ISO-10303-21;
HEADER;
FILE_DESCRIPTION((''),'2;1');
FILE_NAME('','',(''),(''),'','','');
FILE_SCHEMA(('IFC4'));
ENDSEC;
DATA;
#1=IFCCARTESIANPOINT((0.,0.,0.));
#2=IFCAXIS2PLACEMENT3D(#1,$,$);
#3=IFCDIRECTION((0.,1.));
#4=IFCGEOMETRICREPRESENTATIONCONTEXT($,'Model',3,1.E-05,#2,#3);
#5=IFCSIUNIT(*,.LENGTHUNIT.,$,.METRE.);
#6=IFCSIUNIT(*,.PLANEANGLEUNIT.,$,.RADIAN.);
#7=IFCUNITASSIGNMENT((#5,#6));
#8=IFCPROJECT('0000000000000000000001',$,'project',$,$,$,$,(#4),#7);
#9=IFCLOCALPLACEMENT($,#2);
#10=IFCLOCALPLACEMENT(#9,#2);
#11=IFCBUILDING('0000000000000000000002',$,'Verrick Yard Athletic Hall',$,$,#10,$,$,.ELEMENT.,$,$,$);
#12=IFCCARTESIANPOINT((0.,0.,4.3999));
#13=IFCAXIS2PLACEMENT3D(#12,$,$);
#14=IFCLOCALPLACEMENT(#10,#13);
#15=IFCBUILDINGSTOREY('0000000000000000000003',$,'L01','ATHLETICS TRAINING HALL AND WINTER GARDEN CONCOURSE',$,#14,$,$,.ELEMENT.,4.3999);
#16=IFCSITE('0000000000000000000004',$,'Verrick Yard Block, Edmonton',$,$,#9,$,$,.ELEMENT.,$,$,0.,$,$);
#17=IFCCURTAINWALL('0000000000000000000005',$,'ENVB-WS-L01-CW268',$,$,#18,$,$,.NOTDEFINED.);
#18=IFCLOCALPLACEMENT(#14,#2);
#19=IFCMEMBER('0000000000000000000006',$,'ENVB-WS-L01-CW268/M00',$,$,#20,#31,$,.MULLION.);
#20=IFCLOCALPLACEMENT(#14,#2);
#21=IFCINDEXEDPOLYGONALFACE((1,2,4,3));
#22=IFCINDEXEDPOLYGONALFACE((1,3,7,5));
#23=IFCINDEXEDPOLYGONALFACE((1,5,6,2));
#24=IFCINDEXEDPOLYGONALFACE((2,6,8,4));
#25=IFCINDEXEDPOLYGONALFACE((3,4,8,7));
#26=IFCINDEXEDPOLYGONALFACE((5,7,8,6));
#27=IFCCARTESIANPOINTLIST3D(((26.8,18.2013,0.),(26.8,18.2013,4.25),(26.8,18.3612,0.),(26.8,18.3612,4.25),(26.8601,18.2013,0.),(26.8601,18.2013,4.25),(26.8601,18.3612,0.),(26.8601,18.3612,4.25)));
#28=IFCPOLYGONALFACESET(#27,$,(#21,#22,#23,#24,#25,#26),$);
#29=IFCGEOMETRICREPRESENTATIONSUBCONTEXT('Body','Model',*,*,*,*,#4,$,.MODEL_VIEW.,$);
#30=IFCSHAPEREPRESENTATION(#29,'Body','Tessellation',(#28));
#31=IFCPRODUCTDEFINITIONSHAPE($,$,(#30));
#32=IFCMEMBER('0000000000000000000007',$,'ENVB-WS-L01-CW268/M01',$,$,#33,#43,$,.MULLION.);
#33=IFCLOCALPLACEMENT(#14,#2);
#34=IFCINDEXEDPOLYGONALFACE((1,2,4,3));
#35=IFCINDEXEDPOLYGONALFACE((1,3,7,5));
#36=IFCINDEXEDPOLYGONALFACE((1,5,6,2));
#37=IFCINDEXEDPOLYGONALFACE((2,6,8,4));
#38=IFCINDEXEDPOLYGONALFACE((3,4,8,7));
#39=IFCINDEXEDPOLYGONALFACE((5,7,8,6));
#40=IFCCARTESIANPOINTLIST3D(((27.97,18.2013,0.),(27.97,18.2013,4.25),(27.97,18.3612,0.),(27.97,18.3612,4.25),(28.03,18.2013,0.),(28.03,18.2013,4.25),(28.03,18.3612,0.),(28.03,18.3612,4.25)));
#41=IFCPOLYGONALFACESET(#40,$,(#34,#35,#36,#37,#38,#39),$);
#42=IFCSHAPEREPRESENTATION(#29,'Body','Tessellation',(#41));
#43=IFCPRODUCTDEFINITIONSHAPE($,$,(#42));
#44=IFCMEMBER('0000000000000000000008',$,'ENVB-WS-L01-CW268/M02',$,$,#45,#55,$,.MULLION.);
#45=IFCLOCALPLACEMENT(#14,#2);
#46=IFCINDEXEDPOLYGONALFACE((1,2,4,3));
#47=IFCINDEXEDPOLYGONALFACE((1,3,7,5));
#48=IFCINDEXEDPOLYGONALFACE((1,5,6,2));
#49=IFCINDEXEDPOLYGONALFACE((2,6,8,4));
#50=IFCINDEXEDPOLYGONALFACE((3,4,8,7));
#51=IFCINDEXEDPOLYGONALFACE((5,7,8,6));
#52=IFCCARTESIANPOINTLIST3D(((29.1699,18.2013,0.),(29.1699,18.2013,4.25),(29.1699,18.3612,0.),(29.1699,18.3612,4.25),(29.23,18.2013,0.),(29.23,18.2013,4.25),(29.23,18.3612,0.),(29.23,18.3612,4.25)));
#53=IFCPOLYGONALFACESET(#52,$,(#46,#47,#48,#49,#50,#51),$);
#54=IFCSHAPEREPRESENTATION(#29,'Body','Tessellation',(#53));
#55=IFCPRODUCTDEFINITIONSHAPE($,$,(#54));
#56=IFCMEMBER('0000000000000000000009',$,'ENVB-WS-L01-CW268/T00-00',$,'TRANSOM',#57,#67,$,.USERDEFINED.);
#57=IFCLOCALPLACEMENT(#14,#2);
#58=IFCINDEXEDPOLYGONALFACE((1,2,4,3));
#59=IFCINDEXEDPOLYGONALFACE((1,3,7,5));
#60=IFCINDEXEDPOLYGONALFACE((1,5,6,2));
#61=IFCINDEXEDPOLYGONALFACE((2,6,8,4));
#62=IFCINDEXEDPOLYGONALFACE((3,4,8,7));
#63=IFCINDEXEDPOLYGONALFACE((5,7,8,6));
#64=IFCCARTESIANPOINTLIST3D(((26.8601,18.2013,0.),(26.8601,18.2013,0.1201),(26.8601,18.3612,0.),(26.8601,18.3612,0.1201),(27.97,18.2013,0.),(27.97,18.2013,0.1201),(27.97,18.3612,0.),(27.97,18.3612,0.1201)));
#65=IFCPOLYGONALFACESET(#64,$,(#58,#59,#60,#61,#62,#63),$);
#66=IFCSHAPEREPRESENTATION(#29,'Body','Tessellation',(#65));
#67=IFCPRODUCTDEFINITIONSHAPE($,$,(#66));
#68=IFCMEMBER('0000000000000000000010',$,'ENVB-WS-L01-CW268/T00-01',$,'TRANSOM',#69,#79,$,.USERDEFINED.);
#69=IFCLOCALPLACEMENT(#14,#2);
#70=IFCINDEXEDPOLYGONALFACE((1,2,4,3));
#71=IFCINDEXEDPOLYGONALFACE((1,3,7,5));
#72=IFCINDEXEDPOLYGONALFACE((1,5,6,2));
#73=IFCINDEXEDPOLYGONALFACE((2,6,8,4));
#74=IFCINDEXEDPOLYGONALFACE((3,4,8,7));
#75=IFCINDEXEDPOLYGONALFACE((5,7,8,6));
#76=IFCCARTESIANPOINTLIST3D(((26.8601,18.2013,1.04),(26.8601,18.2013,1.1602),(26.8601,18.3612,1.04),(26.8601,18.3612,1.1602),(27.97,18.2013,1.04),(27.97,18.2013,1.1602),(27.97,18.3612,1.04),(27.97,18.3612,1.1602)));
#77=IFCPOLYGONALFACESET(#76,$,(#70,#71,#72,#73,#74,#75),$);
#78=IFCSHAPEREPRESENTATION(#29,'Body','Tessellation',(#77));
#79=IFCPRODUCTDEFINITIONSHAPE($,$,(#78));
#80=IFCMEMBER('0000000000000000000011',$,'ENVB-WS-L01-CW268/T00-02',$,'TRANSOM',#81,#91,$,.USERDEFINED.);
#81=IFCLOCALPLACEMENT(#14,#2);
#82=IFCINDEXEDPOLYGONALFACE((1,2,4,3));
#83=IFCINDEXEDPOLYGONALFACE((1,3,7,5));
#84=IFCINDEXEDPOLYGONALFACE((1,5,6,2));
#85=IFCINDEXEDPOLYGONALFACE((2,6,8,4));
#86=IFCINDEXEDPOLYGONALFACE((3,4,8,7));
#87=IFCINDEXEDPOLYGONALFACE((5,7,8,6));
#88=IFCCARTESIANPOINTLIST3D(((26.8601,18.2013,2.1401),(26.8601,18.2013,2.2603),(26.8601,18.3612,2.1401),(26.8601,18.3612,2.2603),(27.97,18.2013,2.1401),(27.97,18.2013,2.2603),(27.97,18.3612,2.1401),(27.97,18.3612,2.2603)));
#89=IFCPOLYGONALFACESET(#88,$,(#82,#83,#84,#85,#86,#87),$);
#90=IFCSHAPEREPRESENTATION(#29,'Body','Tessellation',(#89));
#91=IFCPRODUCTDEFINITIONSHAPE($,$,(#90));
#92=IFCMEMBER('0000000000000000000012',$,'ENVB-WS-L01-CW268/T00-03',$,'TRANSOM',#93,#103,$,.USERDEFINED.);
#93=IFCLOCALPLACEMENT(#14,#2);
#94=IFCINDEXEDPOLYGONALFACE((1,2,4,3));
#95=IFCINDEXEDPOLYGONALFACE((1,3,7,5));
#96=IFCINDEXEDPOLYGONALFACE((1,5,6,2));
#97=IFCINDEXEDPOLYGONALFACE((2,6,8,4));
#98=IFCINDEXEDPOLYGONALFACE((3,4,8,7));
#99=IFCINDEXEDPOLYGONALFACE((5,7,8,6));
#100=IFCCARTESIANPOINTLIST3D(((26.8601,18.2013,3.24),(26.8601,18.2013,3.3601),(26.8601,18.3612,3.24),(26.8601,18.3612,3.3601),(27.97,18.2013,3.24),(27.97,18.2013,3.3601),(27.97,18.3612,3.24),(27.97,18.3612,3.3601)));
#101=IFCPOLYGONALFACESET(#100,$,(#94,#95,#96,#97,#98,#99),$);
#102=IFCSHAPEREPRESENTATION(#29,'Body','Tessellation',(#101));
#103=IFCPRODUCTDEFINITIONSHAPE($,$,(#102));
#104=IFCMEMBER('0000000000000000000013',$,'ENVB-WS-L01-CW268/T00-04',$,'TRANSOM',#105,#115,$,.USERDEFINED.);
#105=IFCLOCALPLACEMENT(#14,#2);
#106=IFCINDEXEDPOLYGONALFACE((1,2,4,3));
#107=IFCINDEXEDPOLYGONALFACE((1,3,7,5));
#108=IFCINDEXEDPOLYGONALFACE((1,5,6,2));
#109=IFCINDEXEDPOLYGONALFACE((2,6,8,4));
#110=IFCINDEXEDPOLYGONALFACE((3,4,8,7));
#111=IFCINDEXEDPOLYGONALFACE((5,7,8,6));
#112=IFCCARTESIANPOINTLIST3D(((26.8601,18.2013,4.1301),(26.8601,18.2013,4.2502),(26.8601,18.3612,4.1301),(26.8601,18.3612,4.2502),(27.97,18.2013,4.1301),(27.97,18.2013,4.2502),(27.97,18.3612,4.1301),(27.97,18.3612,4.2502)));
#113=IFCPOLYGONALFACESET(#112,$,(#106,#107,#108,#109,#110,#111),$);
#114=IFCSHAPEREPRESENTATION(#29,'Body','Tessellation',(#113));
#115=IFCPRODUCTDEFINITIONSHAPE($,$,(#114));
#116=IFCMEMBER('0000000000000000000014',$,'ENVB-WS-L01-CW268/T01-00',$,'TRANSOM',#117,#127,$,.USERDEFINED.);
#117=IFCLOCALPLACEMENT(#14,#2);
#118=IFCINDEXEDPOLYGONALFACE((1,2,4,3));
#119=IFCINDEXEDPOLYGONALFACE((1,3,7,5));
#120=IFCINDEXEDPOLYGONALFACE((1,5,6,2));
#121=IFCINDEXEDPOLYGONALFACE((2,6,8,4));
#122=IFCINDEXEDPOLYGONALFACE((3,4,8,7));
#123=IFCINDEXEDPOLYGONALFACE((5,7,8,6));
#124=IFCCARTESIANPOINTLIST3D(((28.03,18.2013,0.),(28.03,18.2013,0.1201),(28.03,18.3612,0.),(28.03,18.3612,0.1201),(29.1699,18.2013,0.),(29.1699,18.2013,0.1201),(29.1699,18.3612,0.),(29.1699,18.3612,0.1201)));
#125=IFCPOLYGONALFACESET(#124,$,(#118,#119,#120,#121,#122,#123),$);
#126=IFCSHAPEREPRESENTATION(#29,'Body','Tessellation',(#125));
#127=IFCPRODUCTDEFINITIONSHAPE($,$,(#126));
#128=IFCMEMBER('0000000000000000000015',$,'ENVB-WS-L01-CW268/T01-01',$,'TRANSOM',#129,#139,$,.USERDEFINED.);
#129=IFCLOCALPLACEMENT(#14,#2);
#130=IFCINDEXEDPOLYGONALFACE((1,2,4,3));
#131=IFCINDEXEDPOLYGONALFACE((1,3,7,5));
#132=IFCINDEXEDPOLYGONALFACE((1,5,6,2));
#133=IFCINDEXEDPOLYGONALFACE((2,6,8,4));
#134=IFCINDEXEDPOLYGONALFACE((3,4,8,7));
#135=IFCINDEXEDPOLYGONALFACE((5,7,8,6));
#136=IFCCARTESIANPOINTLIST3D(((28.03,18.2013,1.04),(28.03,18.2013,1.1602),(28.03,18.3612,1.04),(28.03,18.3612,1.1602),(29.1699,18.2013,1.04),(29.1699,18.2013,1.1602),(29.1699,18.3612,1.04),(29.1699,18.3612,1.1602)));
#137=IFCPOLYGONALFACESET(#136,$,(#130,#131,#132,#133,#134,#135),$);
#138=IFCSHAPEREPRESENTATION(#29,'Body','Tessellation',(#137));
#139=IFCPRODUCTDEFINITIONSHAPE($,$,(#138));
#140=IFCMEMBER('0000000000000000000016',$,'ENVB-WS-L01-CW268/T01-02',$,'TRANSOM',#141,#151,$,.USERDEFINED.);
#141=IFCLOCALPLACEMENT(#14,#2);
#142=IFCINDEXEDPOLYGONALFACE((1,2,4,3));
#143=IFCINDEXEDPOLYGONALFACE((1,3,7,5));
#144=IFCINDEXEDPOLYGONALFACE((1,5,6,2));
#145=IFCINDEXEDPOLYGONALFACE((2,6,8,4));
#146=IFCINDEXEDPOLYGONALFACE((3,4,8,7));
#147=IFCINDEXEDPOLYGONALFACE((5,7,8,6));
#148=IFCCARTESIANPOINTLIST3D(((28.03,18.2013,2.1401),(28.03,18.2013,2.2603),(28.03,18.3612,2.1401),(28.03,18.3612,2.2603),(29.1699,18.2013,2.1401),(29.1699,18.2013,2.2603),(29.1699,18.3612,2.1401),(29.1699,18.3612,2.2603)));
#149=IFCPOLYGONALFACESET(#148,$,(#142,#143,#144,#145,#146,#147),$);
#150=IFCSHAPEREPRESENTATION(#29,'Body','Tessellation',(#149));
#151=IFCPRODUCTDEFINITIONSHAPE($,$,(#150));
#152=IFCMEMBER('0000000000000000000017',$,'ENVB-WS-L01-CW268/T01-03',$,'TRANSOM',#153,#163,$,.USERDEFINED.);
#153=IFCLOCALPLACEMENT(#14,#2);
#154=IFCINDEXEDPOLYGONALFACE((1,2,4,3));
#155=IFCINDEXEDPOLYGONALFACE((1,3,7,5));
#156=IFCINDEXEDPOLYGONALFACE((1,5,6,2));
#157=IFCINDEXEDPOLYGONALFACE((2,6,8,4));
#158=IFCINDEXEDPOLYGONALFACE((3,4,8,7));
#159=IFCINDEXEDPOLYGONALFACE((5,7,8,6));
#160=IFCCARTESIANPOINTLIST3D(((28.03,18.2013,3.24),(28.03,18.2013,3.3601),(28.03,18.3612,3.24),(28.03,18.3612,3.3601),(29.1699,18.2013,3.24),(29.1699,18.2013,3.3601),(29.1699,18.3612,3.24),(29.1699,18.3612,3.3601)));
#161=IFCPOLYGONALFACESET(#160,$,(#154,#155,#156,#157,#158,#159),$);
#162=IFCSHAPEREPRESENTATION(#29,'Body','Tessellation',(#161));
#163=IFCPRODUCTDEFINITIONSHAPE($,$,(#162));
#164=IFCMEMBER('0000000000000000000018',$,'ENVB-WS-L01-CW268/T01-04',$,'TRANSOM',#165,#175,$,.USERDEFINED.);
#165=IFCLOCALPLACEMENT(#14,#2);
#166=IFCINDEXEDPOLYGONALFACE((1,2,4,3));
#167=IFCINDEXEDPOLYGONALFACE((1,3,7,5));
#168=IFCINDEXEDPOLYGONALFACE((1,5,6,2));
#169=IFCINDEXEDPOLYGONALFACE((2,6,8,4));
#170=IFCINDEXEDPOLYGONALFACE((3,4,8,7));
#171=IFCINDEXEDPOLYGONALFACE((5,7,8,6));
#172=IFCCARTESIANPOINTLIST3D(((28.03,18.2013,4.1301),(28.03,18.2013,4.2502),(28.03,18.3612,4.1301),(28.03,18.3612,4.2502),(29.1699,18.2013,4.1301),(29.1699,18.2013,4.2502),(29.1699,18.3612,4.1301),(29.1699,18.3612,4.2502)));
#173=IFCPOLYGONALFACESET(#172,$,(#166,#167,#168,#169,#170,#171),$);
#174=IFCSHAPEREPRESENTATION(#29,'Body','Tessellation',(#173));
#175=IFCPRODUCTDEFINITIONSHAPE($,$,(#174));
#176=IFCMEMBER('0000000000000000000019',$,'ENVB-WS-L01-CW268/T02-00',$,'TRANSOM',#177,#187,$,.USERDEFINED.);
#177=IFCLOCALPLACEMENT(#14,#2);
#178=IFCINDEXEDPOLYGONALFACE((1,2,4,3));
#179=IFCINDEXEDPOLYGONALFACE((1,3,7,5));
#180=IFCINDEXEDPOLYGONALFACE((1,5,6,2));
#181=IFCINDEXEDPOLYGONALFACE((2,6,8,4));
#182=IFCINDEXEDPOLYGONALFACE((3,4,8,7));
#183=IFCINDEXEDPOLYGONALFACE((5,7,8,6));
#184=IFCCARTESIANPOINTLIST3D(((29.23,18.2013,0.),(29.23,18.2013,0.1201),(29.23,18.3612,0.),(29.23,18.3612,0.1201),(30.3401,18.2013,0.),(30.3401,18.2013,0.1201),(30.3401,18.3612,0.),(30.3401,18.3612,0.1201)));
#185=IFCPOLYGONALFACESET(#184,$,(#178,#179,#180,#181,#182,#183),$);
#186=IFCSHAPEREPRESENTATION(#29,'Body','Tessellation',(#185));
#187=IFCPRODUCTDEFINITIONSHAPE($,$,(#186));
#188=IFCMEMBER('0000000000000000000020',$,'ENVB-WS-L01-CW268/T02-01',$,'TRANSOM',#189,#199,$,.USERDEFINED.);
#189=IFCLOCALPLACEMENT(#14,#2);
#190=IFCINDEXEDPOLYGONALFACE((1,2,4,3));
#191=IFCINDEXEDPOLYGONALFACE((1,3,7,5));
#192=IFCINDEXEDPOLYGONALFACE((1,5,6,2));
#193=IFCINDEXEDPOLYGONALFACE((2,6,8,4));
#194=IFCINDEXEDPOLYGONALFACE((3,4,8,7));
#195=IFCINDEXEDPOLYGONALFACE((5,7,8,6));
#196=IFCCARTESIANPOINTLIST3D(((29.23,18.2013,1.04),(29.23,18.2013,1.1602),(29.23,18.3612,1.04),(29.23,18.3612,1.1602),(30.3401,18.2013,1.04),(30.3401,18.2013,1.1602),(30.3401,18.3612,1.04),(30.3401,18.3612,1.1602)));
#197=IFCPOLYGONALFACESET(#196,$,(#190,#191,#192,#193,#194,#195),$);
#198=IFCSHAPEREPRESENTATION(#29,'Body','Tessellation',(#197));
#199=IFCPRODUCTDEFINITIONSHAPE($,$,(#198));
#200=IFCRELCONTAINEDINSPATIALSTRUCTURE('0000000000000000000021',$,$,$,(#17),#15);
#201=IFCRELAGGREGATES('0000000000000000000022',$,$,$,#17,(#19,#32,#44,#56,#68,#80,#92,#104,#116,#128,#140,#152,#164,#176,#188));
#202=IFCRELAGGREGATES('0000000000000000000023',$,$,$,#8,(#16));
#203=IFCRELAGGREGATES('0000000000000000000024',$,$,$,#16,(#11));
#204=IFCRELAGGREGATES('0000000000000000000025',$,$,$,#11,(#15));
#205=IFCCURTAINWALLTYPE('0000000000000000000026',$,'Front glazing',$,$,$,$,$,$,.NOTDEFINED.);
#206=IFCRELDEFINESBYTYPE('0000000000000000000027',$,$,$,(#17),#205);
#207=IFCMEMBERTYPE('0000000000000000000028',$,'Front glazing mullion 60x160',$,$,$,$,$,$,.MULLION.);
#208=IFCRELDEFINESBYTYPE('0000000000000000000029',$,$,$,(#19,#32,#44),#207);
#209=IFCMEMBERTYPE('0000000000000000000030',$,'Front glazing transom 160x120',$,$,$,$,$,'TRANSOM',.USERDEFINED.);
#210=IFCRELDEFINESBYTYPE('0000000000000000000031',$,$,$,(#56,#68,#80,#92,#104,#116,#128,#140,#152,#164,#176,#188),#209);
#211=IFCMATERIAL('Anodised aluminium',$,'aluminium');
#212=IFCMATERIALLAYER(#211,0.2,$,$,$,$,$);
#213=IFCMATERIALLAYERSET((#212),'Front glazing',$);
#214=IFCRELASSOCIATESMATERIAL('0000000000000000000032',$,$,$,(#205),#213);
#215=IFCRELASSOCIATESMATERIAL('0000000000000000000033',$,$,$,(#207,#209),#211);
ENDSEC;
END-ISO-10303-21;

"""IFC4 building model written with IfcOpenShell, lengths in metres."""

from ifc_helpers import new_model, si_unit, direction, frame, origin, origin_2d, place, context, subcontext, project, spatial, rectangle, extrude, material, layer, layer_set, material_profile, profile_set, type_object, element, aggregate, save


model = new_model("IFC4")

# Units and contexts
model_context = context("Model", 3, precision=1e-05, world=origin(), true_north=direction((0.0, 1.0)))
body_context = subcontext(model_context, "Body", "Model", "MODEL_VIEW")
ifc_project = project(units=[si_unit("LENGTHUNIT", "METRE"), si_unit("PLANEANGLEUNIT", "RADIAN")], contexts=[model_context])

# Site, building, storey
site_placement = place(None, origin())
site = spatial("IfcSite", under=ifc_project, at=site_placement, Name="Verrick Yard Block, Edmonton", CompositionType="ELEMENT", RefElevation=0.0)
building_placement = place(site_placement, origin())
building = spatial("IfcBuilding", under=site, at=building_placement, Name="Verrick Yard Athletic Hall", CompositionType="ELEMENT")
storey_placement = place(building_placement, frame((0.0, 0.0, 4.3999)))
storey = spatial("IfcBuildingStorey", under=building, at=storey_placement, Name="L01", Description="ATHLETICS TRAINING HALL AND WINTER GARDEN CONCOURSE", CompositionType="ELEMENT", Elevation=4.3999)

# Curtain wall, members
ifc_material_1 = material(Name="Anodised aluminium", Category="aluminium")
ifc_layer_1 = layer(ifc_material_1, 0.2)
ifc_layer_set_1 = layer_set([ifc_layer_1], Name="Front glazing")
curtain_wall_type = type_object("IfcCurtainWallType", Name="Front glazing", PredefinedType="NOTDEFINED", material=ifc_layer_set_1)
curtain_wall_placement = place(storey_placement, origin())
curtain_wall = element("IfcCurtainWall", 1, at=curtain_wall_placement, inside=storey, type_object=curtain_wall_type, Name="ENVB-WS-L01-CW268", PredefinedType="NOTDEFINED")
ifc_material_profile_1 = material_profile(ifc_material_1, rectangle(XDim=0.1599, YDim=0.0601, at=origin_2d()), Name="CW mullion 60x160")
ifc_profile_set_1 = profile_set([ifc_material_profile_1], Name="Anodised aluminium")
member_type_1 = type_object("IfcMemberType", Name="Front glazing mullion 60x160", PredefinedType="MULLION", material=ifc_profile_set_1)
member_1_placement = place(storey_placement, frame((26.8301, 18.2812, 0.0), z_axis=(0.0, 0.0, 1.0), x_axis=(0.0, 1.0, 0.0)))
member_1 = element("IfcMember", 2, at=member_1_placement, type_object=member_type_1, Name="ENVB-WS-L01-CW268/M00", PredefinedType="MULLION", context=body_context, shape_type="SweptSolid", body=[
    extrude(rectangle(XDim=0.1599, YDim=0.0601, at=origin_2d()), origin(), (0.0, 0.0, 1.0), 4.25),
])
member_2_placement = place(storey_placement, frame((28.0, 18.2812, 0.0), z_axis=(0.0, 0.0, 1.0), x_axis=(0.0, 1.0, 0.0)))
member_2 = element("IfcMember", 3, at=member_2_placement, type_object=member_type_1, Name="ENVB-WS-L01-CW268/M01", PredefinedType="MULLION", context=body_context, shape_type="SweptSolid", body=[
    extrude(rectangle(XDim=0.1599, YDim=0.0601, at=origin_2d()), origin(), (0.0, 0.0, 1.0), 4.25),
])
member_3_placement = place(storey_placement, frame((29.2, 18.2812, 0.0), z_axis=(0.0, 0.0, 1.0), x_axis=(0.0, 1.0, 0.0)))
member_3 = element("IfcMember", 4, at=member_3_placement, type_object=member_type_1, Name="ENVB-WS-L01-CW268/M02", PredefinedType="MULLION", context=body_context, shape_type="SweptSolid", body=[
    extrude(rectangle(XDim=0.1599, YDim=0.0601, at=origin_2d()), origin(), (0.0, 0.0, 1.0), 4.25),
])
ifc_material_profile_2 = material_profile(ifc_material_1, rectangle(XDim=0.1599, YDim=0.1201, at=origin_2d()), Name="CW transom 160x120")
ifc_profile_set_2 = profile_set([ifc_material_profile_2], Name="Anodised aluminium")
member_type_2 = type_object("IfcMemberType", Name="Front glazing transom 160x120", ElementType="TRANSOM", PredefinedType="USERDEFINED", material=ifc_profile_set_2)
member_4_placement = place(storey_placement, frame((26.8601, 18.2812, 0.0601), z_axis=(1.0, 0.0, 0.0), x_axis=(0.0, 1.0, 0.0)))
member_4 = element("IfcMember", 5, at=member_4_placement, type_object=member_type_2, Name="ENVB-WS-L01-CW268/T00-00", ObjectType="TRANSOM", PredefinedType="USERDEFINED", context=body_context, shape_type="SweptSolid", body=[
    extrude(rectangle(XDim=0.1599, YDim=0.1201, at=origin_2d()), origin(), (0.0, 0.0, 1.0), 1.1099),
])
member_5_placement = place(storey_placement, frame((26.8601, 18.2812, 1.1001), z_axis=(1.0, 0.0, 0.0), x_axis=(0.0, 1.0, 0.0)))
member_5 = element("IfcMember", 6, at=member_5_placement, type_object=member_type_2, Name="ENVB-WS-L01-CW268/T00-01", ObjectType="TRANSOM", PredefinedType="USERDEFINED", context=body_context, shape_type="SweptSolid", body=[
    extrude(rectangle(XDim=0.1599, YDim=0.1201, at=origin_2d()), origin(), (0.0, 0.0, 1.0), 1.1099),
])
member_6_placement = place(storey_placement, frame((26.8601, 18.2812, 2.2002), z_axis=(1.0, 0.0, 0.0), x_axis=(0.0, 1.0, 0.0)))
member_6 = element("IfcMember", 7, at=member_6_placement, type_object=member_type_2, Name="ENVB-WS-L01-CW268/T00-02", ObjectType="TRANSOM", PredefinedType="USERDEFINED", context=body_context, shape_type="SweptSolid", body=[
    extrude(rectangle(XDim=0.1599, YDim=0.1201, at=origin_2d()), origin(), (0.0, 0.0, 1.0), 1.1099),
])
member_7_placement = place(storey_placement, frame((26.8601, 18.2812, 3.3), z_axis=(1.0, 0.0, 0.0), x_axis=(0.0, 1.0, 0.0)))
member_7 = element("IfcMember", 8, at=member_7_placement, type_object=member_type_2, Name="ENVB-WS-L01-CW268/T00-03", ObjectType="TRANSOM", PredefinedType="USERDEFINED", context=body_context, shape_type="SweptSolid", body=[
    extrude(rectangle(XDim=0.1599, YDim=0.1201, at=origin_2d()), origin(), (0.0, 0.0, 1.0), 1.1099),
])
member_8_placement = place(storey_placement, frame((26.8601, 18.2812, 4.1902), z_axis=(1.0, 0.0, 0.0), x_axis=(0.0, 1.0, 0.0)))
member_8 = element("IfcMember", 9, at=member_8_placement, type_object=member_type_2, Name="ENVB-WS-L01-CW268/T00-04", ObjectType="TRANSOM", PredefinedType="USERDEFINED", context=body_context, shape_type="SweptSolid", body=[
    extrude(rectangle(XDim=0.1599, YDim=0.1201, at=origin_2d()), origin(), (0.0, 0.0, 1.0), 1.1099),
])
member_9_placement = place(storey_placement, frame((28.03, 18.2812, 0.0601), z_axis=(1.0, 0.0, 0.0), x_axis=(0.0, 1.0, 0.0)))
member_9 = element("IfcMember", 10, at=member_9_placement, type_object=member_type_2, Name="ENVB-WS-L01-CW268/T01-00", ObjectType="TRANSOM", PredefinedType="USERDEFINED", context=body_context, shape_type="SweptSolid", body=[
    extrude(rectangle(XDim=0.1599, YDim=0.1201, at=origin_2d()), origin(), (0.0, 0.0, 1.0), 1.1399),
])
member_10_placement = place(storey_placement, frame((28.03, 18.2812, 1.1001), z_axis=(1.0, 0.0, 0.0), x_axis=(0.0, 1.0, 0.0)))
member_10 = element("IfcMember", 11, at=member_10_placement, type_object=member_type_2, Name="ENVB-WS-L01-CW268/T01-01", ObjectType="TRANSOM", PredefinedType="USERDEFINED", context=body_context, shape_type="SweptSolid", body=[
    extrude(rectangle(XDim=0.1599, YDim=0.1201, at=origin_2d()), origin(), (0.0, 0.0, 1.0), 1.1399),
])
member_11_placement = place(storey_placement, frame((28.03, 18.2812, 2.2002), z_axis=(1.0, 0.0, 0.0), x_axis=(0.0, 1.0, 0.0)))
member_11 = element("IfcMember", 12, at=member_11_placement, type_object=member_type_2, Name="ENVB-WS-L01-CW268/T01-02", ObjectType="TRANSOM", PredefinedType="USERDEFINED", context=body_context, shape_type="SweptSolid", body=[
    extrude(rectangle(XDim=0.1599, YDim=0.1201, at=origin_2d()), origin(), (0.0, 0.0, 1.0), 1.1399),
])
member_12_placement = place(storey_placement, frame((28.03, 18.2812, 3.3), z_axis=(1.0, 0.0, 0.0), x_axis=(0.0, 1.0, 0.0)))
member_12 = element("IfcMember", 13, at=member_12_placement, type_object=member_type_2, Name="ENVB-WS-L01-CW268/T01-03", ObjectType="TRANSOM", PredefinedType="USERDEFINED", context=body_context, shape_type="SweptSolid", body=[
    extrude(rectangle(XDim=0.1599, YDim=0.1201, at=origin_2d()), origin(), (0.0, 0.0, 1.0), 1.1399),
])
member_13_placement = place(storey_placement, frame((28.03, 18.2812, 4.1902), z_axis=(1.0, 0.0, 0.0), x_axis=(0.0, 1.0, 0.0)))
member_13 = element("IfcMember", 14, at=member_13_placement, type_object=member_type_2, Name="ENVB-WS-L01-CW268/T01-04", ObjectType="TRANSOM", PredefinedType="USERDEFINED", context=body_context, shape_type="SweptSolid", body=[
    extrude(rectangle(XDim=0.1599, YDim=0.1201, at=origin_2d()), origin(), (0.0, 0.0, 1.0), 1.1399),
])
member_14_placement = place(storey_placement, frame((29.23, 18.2812, 0.0601), z_axis=(1.0, 0.0, 0.0), x_axis=(0.0, 1.0, 0.0)))
member_14 = element("IfcMember", 15, at=member_14_placement, type_object=member_type_2, Name="ENVB-WS-L01-CW268/T02-00", ObjectType="TRANSOM", PredefinedType="USERDEFINED", context=body_context, shape_type="SweptSolid", body=[
    extrude(rectangle(XDim=0.1599, YDim=0.1201, at=origin_2d()), origin(), (0.0, 0.0, 1.0), 1.1101),
])
member_15_placement = place(storey_placement, frame((29.23, 18.2812, 1.1001), z_axis=(1.0, 0.0, 0.0), x_axis=(0.0, 1.0, 0.0)))
member_15 = element("IfcMember", 16, at=member_15_placement, type_object=member_type_2, Name="ENVB-WS-L01-CW268/T02-01", ObjectType="TRANSOM", PredefinedType="USERDEFINED", context=body_context, shape_type="SweptSolid", body=[
    extrude(rectangle(XDim=0.1599, YDim=0.1201, at=origin_2d()), origin(), (0.0, 0.0, 1.0), 1.1101),
])
aggregate(curtain_wall, [member_1, member_2, member_3, member_4, member_5, member_6, member_7, member_8, member_9, member_10, member_11, member_12, member_13, member_14, member_15])

save(model, "model.ifc")
